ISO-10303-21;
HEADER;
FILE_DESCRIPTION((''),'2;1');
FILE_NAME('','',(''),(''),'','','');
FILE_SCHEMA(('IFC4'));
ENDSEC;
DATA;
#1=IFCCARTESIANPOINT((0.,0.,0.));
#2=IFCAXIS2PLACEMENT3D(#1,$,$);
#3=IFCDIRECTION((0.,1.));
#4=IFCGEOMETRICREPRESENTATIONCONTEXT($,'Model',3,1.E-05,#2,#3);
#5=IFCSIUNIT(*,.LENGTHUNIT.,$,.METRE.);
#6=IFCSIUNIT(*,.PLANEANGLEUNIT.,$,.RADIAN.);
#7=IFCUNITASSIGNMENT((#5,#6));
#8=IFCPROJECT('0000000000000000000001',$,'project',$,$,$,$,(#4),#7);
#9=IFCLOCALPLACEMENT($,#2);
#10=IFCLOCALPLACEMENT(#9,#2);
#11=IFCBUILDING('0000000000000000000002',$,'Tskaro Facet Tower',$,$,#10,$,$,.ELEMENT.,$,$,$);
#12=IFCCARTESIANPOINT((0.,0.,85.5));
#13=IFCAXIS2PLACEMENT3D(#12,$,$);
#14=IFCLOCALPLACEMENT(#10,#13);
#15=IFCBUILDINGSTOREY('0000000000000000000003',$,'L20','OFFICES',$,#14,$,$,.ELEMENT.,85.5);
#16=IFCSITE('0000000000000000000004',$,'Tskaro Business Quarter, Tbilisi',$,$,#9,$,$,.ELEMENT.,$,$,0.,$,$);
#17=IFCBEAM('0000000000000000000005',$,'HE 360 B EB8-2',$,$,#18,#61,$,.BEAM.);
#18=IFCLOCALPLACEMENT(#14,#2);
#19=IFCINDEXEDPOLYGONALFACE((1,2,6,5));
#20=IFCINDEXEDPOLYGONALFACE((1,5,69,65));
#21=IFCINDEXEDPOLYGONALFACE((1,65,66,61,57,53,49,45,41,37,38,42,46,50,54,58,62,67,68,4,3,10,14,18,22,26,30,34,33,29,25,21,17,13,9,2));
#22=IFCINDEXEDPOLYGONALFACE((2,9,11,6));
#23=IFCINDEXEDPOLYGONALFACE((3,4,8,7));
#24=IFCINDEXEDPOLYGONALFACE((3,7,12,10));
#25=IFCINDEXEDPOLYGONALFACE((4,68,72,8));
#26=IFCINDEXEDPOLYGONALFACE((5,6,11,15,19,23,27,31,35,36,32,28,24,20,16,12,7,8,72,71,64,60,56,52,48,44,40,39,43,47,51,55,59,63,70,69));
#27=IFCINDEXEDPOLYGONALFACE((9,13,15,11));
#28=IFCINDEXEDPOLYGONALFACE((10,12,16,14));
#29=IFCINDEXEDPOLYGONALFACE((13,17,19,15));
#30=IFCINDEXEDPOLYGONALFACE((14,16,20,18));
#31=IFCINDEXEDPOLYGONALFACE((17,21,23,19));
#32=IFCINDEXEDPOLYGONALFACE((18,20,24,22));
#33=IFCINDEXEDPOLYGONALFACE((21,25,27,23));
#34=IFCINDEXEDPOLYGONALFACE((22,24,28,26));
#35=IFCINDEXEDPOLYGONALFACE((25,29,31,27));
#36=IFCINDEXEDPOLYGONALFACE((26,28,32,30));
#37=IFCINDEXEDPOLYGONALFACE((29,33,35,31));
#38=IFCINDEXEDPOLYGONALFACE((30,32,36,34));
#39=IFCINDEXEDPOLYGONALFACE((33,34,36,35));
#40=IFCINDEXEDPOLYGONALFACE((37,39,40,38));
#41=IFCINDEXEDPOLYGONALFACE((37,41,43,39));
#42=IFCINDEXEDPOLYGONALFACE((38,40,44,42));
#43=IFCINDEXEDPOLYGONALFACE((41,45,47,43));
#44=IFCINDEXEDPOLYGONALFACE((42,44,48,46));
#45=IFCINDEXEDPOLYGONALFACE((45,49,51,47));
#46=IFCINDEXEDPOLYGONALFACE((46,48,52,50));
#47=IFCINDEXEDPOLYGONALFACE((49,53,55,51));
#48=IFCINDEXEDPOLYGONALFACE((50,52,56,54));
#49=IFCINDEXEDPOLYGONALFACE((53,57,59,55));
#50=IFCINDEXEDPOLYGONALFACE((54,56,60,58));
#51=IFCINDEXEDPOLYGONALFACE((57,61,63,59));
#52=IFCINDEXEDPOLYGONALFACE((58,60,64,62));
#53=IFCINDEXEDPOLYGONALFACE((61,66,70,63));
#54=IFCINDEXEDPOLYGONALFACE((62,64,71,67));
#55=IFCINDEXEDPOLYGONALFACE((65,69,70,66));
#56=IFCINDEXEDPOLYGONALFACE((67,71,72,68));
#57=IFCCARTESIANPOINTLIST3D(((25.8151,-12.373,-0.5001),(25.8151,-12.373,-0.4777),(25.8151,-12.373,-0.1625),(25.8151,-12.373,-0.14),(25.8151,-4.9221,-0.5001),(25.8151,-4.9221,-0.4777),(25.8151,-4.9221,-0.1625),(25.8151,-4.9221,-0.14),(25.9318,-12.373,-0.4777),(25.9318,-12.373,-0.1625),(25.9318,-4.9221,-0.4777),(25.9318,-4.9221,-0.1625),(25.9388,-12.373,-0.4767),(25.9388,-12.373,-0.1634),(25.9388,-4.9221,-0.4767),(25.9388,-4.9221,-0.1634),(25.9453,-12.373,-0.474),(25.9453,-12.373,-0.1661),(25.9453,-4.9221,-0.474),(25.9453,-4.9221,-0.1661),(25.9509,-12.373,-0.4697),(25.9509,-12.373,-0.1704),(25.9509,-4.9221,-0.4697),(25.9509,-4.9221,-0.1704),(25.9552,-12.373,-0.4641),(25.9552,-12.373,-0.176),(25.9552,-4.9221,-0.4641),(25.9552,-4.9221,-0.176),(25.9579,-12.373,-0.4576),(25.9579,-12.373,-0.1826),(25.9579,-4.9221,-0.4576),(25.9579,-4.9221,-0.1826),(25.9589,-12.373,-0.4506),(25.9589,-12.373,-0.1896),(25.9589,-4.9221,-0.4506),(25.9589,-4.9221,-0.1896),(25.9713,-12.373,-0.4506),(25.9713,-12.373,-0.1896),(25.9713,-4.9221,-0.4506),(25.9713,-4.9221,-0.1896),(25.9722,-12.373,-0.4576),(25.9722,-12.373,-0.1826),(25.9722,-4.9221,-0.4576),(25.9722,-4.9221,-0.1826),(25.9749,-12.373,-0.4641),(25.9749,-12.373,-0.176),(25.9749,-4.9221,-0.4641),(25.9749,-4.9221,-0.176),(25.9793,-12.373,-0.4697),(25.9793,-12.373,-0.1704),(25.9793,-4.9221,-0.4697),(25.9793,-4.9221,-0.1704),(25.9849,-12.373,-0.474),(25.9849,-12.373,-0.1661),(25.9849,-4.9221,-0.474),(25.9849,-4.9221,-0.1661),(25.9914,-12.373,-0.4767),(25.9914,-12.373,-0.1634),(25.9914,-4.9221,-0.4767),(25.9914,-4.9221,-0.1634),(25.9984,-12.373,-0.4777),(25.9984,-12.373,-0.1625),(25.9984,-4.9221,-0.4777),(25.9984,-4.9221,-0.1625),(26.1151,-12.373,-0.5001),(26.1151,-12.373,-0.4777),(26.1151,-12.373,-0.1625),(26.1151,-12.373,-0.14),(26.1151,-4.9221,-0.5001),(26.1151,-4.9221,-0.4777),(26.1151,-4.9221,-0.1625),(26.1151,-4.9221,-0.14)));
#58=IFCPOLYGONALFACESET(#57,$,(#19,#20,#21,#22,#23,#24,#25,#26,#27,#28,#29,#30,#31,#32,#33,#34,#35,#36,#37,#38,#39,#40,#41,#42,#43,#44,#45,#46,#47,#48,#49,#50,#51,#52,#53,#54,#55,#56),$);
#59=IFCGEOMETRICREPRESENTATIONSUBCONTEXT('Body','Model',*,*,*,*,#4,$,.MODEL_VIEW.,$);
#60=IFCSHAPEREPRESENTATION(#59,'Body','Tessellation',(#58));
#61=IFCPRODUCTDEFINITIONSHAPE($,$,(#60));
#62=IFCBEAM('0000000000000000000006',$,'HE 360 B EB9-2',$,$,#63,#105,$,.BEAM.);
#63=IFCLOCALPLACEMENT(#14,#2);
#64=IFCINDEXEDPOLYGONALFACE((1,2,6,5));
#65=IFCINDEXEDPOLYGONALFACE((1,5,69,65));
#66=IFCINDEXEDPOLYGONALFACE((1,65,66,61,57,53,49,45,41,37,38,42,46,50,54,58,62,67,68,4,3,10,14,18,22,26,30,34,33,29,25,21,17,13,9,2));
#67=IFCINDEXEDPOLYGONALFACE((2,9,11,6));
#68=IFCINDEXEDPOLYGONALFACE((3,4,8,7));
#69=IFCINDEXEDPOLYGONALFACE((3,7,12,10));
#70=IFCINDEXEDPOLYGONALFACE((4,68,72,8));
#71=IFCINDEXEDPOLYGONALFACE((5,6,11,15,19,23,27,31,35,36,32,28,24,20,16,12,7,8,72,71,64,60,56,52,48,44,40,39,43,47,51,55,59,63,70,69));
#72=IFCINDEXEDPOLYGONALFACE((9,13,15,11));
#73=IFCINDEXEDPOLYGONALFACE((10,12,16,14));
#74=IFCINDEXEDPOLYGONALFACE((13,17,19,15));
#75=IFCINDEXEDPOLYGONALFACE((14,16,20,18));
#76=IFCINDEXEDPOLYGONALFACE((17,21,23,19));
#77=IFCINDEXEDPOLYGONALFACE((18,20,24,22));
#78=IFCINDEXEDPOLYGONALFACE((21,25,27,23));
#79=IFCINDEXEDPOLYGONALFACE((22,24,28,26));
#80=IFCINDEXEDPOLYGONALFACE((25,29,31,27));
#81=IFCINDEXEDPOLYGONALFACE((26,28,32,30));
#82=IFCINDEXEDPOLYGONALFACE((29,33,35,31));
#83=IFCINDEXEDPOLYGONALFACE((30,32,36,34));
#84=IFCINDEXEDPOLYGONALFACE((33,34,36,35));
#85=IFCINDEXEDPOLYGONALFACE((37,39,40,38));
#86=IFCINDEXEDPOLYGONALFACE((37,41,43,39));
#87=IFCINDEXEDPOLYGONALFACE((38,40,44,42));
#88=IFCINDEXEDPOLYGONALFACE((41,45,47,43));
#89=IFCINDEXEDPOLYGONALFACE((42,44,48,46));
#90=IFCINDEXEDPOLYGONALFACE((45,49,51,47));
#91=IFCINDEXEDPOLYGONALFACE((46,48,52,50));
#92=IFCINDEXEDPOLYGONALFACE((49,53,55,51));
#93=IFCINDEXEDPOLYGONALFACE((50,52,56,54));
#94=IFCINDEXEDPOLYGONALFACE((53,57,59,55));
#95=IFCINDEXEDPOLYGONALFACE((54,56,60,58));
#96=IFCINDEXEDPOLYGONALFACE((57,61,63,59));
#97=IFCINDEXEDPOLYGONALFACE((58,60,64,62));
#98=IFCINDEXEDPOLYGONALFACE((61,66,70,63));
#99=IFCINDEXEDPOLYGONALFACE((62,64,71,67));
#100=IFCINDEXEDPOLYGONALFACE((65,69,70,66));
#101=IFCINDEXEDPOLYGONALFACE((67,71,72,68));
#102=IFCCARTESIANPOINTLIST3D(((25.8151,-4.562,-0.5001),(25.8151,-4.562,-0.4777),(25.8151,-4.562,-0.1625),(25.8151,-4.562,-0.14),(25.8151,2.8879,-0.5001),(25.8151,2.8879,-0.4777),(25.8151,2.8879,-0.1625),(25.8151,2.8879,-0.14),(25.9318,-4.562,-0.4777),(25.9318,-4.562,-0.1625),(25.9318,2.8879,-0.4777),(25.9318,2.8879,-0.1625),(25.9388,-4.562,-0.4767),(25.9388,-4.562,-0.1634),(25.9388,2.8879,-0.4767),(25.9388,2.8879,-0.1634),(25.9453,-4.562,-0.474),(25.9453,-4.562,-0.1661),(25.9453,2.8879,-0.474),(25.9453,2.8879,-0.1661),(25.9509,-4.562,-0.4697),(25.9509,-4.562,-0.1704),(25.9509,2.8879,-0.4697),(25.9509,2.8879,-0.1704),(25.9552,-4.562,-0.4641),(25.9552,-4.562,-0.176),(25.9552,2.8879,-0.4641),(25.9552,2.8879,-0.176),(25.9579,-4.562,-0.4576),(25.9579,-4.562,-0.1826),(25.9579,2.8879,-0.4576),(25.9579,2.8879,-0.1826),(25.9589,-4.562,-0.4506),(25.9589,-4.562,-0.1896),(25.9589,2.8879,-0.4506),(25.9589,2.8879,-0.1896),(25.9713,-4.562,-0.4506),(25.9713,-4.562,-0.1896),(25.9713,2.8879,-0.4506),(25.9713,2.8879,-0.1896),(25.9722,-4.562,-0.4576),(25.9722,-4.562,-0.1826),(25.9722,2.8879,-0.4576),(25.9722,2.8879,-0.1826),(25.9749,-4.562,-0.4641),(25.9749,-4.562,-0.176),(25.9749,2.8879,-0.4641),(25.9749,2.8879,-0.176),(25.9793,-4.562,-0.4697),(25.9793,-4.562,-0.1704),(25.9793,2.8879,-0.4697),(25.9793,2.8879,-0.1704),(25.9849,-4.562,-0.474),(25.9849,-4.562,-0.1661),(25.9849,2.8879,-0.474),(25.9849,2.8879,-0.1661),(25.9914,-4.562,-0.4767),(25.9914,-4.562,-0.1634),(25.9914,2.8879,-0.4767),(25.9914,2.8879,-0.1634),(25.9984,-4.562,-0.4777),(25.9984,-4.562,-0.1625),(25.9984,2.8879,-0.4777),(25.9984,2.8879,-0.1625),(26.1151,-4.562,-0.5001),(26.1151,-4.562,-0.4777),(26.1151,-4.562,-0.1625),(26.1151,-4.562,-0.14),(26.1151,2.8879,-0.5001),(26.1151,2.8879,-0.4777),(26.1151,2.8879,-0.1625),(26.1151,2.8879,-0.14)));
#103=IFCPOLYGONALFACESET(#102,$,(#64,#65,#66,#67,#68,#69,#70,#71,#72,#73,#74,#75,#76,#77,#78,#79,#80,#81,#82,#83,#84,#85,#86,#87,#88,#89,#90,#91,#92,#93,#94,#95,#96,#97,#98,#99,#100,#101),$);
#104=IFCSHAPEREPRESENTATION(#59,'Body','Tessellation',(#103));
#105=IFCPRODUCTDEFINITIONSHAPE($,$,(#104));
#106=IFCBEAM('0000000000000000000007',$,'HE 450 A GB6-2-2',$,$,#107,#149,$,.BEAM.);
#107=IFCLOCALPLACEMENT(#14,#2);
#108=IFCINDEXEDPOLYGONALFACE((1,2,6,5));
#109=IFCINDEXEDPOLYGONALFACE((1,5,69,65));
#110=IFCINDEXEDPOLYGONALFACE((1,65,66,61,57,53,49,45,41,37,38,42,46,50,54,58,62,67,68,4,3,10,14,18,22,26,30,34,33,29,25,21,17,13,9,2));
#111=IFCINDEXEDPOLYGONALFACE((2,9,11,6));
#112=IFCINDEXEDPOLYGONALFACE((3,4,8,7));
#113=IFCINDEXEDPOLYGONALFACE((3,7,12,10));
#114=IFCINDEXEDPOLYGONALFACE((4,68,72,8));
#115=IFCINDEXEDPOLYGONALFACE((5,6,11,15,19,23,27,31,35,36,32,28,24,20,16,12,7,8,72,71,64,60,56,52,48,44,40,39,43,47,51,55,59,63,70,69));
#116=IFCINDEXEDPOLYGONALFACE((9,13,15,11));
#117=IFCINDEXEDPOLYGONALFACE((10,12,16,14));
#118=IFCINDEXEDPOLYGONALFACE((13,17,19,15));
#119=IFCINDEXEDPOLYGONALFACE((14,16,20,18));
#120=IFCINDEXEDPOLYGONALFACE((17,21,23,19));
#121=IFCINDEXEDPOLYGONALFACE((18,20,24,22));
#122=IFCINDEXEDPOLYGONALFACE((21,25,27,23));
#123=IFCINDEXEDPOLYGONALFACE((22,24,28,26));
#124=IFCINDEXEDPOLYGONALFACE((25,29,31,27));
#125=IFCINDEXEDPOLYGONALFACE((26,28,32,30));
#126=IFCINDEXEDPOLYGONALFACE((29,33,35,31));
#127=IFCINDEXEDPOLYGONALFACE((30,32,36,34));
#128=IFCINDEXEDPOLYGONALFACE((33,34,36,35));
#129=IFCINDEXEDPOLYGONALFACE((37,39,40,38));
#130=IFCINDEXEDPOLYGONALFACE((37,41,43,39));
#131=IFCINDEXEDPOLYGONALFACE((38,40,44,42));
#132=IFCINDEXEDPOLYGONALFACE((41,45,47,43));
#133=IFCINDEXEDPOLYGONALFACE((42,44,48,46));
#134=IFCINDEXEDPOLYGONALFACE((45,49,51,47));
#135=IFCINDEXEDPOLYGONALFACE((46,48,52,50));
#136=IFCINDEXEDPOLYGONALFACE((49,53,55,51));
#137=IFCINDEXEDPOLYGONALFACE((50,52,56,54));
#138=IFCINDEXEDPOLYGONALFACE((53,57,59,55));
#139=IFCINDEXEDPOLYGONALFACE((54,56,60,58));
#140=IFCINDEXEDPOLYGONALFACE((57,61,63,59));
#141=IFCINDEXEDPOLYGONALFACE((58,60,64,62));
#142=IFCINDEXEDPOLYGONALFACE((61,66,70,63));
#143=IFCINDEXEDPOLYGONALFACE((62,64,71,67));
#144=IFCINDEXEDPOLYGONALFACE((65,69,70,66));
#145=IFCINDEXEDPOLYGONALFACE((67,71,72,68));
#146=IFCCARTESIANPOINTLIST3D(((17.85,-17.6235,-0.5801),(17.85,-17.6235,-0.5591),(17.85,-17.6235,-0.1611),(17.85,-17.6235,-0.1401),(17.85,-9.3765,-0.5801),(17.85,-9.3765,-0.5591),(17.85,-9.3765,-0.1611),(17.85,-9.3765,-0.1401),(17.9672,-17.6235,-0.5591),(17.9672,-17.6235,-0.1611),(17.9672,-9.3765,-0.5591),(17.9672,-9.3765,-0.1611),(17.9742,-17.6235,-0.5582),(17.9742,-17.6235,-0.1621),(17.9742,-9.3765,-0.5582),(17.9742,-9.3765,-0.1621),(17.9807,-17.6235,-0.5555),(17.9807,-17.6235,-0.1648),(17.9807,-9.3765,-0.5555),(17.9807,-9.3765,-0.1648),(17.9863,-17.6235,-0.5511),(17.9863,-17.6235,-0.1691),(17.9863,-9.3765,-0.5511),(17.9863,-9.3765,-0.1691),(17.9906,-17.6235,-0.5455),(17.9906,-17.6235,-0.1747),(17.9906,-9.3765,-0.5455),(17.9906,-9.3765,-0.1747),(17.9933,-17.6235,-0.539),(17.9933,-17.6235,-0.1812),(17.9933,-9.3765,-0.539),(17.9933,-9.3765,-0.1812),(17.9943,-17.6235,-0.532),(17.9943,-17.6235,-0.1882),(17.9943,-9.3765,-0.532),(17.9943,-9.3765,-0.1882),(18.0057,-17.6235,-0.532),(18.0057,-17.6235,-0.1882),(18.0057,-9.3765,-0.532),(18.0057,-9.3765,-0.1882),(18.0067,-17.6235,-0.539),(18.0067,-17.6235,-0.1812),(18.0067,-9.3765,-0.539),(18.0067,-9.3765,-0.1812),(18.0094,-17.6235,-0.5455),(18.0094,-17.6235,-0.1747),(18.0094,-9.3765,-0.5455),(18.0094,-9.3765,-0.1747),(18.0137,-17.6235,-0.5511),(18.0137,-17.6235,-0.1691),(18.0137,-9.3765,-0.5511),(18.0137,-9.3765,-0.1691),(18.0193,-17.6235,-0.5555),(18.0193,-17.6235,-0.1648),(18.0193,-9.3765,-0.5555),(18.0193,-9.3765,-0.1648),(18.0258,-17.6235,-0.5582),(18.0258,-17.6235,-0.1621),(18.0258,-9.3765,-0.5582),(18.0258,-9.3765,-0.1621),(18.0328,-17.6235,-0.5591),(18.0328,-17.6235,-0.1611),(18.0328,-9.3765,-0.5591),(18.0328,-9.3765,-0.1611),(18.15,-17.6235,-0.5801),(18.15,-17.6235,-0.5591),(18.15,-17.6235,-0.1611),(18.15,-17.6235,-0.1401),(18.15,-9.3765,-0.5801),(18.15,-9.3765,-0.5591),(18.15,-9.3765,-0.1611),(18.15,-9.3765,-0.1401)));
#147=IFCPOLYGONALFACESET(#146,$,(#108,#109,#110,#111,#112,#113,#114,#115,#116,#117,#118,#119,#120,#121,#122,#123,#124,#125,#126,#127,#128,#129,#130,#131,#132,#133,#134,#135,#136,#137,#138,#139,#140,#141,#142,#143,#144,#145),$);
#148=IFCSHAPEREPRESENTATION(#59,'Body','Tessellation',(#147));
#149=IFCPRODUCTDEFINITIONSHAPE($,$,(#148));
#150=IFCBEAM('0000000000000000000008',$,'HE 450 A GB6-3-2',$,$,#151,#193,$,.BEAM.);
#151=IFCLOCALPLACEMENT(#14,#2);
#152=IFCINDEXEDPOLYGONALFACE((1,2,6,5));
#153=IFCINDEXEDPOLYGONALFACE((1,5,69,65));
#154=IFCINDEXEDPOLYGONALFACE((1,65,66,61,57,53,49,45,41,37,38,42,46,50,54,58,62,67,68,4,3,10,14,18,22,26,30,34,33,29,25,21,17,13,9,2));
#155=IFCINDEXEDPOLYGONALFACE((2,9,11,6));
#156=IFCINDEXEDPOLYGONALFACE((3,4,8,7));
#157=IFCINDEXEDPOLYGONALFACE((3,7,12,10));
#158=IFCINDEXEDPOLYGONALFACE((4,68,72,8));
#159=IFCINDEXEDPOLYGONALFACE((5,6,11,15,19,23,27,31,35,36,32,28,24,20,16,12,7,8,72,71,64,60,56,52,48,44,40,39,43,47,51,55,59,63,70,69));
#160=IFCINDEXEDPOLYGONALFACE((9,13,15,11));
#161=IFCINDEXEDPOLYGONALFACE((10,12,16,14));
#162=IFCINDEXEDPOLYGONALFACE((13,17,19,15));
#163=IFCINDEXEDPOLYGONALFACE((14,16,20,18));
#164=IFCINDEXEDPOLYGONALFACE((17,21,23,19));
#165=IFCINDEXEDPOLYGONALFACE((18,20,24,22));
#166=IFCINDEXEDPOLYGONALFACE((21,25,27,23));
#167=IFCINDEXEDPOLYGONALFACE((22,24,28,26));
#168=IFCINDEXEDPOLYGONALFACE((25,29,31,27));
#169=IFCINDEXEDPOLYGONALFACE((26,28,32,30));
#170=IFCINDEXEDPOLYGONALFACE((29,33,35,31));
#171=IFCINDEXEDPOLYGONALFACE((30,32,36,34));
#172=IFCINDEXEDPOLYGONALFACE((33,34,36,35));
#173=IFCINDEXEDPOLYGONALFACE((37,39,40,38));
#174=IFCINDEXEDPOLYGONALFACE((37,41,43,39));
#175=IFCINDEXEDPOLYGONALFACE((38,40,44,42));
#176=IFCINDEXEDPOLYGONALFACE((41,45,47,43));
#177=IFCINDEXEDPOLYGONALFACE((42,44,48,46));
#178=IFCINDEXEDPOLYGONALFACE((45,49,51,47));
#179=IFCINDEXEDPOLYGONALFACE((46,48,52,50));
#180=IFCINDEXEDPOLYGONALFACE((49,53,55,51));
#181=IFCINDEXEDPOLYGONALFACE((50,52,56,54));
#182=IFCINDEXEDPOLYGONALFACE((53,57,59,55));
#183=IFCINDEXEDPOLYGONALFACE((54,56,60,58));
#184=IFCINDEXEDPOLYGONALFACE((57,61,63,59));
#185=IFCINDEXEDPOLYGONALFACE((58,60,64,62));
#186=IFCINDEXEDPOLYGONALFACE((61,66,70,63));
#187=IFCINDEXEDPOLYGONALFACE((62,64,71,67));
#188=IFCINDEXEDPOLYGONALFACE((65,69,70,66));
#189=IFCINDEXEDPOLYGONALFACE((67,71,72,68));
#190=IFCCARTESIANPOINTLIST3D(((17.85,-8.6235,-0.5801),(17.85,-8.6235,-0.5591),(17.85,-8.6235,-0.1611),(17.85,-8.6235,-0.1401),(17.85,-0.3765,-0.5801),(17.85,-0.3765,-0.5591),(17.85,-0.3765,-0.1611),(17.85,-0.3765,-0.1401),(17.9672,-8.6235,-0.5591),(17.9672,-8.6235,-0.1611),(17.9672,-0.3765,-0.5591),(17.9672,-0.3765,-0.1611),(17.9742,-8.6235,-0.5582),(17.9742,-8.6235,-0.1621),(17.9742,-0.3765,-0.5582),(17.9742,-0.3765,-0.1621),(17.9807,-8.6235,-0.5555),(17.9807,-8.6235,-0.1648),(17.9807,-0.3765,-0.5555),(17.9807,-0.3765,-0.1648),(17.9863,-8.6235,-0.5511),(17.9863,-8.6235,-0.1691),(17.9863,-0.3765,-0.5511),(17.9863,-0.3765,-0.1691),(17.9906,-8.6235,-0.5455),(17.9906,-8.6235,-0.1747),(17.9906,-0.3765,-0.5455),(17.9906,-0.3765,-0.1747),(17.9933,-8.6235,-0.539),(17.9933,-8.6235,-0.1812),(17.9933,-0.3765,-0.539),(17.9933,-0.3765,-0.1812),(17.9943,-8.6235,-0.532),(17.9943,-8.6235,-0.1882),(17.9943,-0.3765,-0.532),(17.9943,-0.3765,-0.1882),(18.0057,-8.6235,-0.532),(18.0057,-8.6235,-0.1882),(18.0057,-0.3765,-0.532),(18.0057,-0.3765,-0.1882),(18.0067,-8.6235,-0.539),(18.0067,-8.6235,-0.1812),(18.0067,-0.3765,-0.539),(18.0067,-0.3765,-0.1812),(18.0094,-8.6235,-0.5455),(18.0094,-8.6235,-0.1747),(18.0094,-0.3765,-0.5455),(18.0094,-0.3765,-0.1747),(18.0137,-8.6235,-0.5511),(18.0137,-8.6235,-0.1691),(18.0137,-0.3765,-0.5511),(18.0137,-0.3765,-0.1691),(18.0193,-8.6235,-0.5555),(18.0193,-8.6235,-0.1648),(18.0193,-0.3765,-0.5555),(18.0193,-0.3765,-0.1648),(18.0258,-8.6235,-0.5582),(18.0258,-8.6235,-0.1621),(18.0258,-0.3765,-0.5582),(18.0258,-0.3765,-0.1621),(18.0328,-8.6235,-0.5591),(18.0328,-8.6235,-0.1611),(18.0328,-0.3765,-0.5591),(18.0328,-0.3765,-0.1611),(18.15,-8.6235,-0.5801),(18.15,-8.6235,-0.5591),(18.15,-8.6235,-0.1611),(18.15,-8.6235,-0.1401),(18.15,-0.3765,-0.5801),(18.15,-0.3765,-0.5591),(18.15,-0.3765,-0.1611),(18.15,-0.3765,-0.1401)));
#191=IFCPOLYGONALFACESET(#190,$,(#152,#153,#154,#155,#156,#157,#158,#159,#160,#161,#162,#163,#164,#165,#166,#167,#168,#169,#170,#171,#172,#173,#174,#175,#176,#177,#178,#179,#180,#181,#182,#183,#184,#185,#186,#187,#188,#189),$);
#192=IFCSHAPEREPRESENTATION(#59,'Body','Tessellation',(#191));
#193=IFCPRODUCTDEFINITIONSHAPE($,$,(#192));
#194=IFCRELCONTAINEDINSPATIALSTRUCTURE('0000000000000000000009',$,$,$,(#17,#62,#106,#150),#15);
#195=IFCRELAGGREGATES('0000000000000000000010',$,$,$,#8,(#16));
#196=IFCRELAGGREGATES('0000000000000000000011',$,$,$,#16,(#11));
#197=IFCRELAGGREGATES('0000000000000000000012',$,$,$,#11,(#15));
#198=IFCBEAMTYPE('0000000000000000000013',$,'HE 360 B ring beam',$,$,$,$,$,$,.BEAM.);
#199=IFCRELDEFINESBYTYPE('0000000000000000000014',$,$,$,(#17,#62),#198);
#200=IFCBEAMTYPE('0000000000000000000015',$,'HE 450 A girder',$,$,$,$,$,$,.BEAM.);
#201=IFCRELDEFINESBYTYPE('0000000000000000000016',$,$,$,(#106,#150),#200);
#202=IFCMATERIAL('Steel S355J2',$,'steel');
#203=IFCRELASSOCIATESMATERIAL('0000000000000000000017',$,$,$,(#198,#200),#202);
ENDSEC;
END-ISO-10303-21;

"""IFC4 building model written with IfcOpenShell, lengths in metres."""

from ifc_helpers import new_model, si_unit, direction, frame, origin, origin_2d, place, context, subcontext, project, spatial, i_section, extrude, material, material_profile, profile_set, type_object, element, save


model = new_model("IFC4")

# Units and contexts
model_context = context("Model", 3, precision=1e-05, world=origin(), true_north=direction((0.0, 1.0)))
body_context = subcontext(model_context, "Body", "Model", "MODEL_VIEW")
ifc_project = project(units=[si_unit("LENGTHUNIT", "METRE"), si_unit("PLANEANGLEUNIT", "RADIAN")], contexts=[model_context])

# Site, building, storey
site_placement = place(None, origin())
site = spatial("IfcSite", under=ifc_project, at=site_placement, Name="Tskaro Business Quarter, Tbilisi", CompositionType="ELEMENT", RefElevation=0.0)
building_placement = place(site_placement, origin())
building = spatial("IfcBuilding", under=site, at=building_placement, Name="Tskaro Facet Tower", CompositionType="ELEMENT")
storey_placement = place(building_placement, frame((0.0, 0.0, 85.5)))
storey = spatial("IfcBuildingStorey", under=building, at=storey_placement, Name="L20", Description="OFFICES", CompositionType="ELEMENT", Elevation=85.5)

# Beams
ifc_material_1 = material(Name="Steel S355J2", Category="steel")
ifc_material_profile_1 = material_profile(ifc_material_1, i_section(OverallWidth=0.3, OverallDepth=0.3601, WebThickness=0.0125, FlangeThickness=0.0225, FilletRadius=0.0271, at=origin_2d()), Name="HE 360 B")
ifc_profile_set_1 = profile_set([ifc_material_profile_1], Name="Steel S355J2")
beam_type_1 = type_object("IfcBeamType", Name="HE 360 B ring beam", PredefinedType="BEAM", material=ifc_profile_set_1)
beam_1_placement = place(storey_placement, frame((25.9651, -12.373, -0.3201), z_axis=(0.0, 1.0, 0.0), x_axis=(-1.0, 0.0, 0.0)))
element("IfcBeam", 1, at=beam_1_placement, inside=storey, type_object=beam_type_1, Name="HE 360 B EB8-2", PredefinedType="BEAM", context=body_context, shape_type="SweptSolid", body=[
    extrude(i_section(OverallWidth=0.3, OverallDepth=0.3601, WebThickness=0.0125, FlangeThickness=0.0225, FilletRadius=0.0271, at=origin_2d()), origin(), (0.0, 0.0, 1.0), 7.4509),
])
beam_2_placement = place(storey_placement, frame((25.9651, -4.562, -0.3201), z_axis=(0.0, 1.0, 0.0), x_axis=(-1.0, 0.0, 0.0)))
element("IfcBeam", 2, at=beam_2_placement, inside=storey, type_object=beam_type_1, Name="HE 360 B EB9-2", PredefinedType="BEAM", context=body_context, shape_type="SweptSolid", body=[
    extrude(i_section(OverallWidth=0.3, OverallDepth=0.3601, WebThickness=0.0125, FlangeThickness=0.0225, FilletRadius=0.0271, at=origin_2d()), origin(), (0.0, 0.0, 1.0), 7.45),
])
ifc_material_profile_2 = material_profile(ifc_material_1, i_section(OverallWidth=0.3, OverallDepth=0.4399, WebThickness=0.0115, FlangeThickness=0.021, FilletRadius=0.0271, at=origin_2d()), Name="HE 450 A")
ifc_profile_set_2 = profile_set([ifc_material_profile_2], Name="Steel S355J2")
beam_type_2 = type_object("IfcBeamType", Name="HE 450 A girder", PredefinedType="BEAM", material=ifc_profile_set_2)
for number, where, z_axis, x_axis, name in (
    (3, (18.0, -17.6235, -0.3601), (0.0, 1.0, 0.0), (-1.0, 0.0, 0.0), "HE 450 A GB6-2-2"),
    (4, (18.0, -8.6235, -0.3601), (0.0, 1.0, 0.0), (-1.0, 0.0, 0.0), "HE 450 A GB6-3-2"),
):
    element("IfcBeam", number, at=place(storey_placement, frame(where, z_axis=z_axis, x_axis=x_axis)), inside=storey, type_object=beam_type_2, Name=name, PredefinedType="BEAM", context=body_context, shape_type="SweptSolid", body=[
        extrude(i_section(OverallWidth=0.3, OverallDepth=0.4399, WebThickness=0.0115, FlangeThickness=0.021, FilletRadius=0.0271, at=origin_2d()), origin(), (0.0, 0.0, 1.0), 8.2471),
    ])

save(model, "model.ifc")
